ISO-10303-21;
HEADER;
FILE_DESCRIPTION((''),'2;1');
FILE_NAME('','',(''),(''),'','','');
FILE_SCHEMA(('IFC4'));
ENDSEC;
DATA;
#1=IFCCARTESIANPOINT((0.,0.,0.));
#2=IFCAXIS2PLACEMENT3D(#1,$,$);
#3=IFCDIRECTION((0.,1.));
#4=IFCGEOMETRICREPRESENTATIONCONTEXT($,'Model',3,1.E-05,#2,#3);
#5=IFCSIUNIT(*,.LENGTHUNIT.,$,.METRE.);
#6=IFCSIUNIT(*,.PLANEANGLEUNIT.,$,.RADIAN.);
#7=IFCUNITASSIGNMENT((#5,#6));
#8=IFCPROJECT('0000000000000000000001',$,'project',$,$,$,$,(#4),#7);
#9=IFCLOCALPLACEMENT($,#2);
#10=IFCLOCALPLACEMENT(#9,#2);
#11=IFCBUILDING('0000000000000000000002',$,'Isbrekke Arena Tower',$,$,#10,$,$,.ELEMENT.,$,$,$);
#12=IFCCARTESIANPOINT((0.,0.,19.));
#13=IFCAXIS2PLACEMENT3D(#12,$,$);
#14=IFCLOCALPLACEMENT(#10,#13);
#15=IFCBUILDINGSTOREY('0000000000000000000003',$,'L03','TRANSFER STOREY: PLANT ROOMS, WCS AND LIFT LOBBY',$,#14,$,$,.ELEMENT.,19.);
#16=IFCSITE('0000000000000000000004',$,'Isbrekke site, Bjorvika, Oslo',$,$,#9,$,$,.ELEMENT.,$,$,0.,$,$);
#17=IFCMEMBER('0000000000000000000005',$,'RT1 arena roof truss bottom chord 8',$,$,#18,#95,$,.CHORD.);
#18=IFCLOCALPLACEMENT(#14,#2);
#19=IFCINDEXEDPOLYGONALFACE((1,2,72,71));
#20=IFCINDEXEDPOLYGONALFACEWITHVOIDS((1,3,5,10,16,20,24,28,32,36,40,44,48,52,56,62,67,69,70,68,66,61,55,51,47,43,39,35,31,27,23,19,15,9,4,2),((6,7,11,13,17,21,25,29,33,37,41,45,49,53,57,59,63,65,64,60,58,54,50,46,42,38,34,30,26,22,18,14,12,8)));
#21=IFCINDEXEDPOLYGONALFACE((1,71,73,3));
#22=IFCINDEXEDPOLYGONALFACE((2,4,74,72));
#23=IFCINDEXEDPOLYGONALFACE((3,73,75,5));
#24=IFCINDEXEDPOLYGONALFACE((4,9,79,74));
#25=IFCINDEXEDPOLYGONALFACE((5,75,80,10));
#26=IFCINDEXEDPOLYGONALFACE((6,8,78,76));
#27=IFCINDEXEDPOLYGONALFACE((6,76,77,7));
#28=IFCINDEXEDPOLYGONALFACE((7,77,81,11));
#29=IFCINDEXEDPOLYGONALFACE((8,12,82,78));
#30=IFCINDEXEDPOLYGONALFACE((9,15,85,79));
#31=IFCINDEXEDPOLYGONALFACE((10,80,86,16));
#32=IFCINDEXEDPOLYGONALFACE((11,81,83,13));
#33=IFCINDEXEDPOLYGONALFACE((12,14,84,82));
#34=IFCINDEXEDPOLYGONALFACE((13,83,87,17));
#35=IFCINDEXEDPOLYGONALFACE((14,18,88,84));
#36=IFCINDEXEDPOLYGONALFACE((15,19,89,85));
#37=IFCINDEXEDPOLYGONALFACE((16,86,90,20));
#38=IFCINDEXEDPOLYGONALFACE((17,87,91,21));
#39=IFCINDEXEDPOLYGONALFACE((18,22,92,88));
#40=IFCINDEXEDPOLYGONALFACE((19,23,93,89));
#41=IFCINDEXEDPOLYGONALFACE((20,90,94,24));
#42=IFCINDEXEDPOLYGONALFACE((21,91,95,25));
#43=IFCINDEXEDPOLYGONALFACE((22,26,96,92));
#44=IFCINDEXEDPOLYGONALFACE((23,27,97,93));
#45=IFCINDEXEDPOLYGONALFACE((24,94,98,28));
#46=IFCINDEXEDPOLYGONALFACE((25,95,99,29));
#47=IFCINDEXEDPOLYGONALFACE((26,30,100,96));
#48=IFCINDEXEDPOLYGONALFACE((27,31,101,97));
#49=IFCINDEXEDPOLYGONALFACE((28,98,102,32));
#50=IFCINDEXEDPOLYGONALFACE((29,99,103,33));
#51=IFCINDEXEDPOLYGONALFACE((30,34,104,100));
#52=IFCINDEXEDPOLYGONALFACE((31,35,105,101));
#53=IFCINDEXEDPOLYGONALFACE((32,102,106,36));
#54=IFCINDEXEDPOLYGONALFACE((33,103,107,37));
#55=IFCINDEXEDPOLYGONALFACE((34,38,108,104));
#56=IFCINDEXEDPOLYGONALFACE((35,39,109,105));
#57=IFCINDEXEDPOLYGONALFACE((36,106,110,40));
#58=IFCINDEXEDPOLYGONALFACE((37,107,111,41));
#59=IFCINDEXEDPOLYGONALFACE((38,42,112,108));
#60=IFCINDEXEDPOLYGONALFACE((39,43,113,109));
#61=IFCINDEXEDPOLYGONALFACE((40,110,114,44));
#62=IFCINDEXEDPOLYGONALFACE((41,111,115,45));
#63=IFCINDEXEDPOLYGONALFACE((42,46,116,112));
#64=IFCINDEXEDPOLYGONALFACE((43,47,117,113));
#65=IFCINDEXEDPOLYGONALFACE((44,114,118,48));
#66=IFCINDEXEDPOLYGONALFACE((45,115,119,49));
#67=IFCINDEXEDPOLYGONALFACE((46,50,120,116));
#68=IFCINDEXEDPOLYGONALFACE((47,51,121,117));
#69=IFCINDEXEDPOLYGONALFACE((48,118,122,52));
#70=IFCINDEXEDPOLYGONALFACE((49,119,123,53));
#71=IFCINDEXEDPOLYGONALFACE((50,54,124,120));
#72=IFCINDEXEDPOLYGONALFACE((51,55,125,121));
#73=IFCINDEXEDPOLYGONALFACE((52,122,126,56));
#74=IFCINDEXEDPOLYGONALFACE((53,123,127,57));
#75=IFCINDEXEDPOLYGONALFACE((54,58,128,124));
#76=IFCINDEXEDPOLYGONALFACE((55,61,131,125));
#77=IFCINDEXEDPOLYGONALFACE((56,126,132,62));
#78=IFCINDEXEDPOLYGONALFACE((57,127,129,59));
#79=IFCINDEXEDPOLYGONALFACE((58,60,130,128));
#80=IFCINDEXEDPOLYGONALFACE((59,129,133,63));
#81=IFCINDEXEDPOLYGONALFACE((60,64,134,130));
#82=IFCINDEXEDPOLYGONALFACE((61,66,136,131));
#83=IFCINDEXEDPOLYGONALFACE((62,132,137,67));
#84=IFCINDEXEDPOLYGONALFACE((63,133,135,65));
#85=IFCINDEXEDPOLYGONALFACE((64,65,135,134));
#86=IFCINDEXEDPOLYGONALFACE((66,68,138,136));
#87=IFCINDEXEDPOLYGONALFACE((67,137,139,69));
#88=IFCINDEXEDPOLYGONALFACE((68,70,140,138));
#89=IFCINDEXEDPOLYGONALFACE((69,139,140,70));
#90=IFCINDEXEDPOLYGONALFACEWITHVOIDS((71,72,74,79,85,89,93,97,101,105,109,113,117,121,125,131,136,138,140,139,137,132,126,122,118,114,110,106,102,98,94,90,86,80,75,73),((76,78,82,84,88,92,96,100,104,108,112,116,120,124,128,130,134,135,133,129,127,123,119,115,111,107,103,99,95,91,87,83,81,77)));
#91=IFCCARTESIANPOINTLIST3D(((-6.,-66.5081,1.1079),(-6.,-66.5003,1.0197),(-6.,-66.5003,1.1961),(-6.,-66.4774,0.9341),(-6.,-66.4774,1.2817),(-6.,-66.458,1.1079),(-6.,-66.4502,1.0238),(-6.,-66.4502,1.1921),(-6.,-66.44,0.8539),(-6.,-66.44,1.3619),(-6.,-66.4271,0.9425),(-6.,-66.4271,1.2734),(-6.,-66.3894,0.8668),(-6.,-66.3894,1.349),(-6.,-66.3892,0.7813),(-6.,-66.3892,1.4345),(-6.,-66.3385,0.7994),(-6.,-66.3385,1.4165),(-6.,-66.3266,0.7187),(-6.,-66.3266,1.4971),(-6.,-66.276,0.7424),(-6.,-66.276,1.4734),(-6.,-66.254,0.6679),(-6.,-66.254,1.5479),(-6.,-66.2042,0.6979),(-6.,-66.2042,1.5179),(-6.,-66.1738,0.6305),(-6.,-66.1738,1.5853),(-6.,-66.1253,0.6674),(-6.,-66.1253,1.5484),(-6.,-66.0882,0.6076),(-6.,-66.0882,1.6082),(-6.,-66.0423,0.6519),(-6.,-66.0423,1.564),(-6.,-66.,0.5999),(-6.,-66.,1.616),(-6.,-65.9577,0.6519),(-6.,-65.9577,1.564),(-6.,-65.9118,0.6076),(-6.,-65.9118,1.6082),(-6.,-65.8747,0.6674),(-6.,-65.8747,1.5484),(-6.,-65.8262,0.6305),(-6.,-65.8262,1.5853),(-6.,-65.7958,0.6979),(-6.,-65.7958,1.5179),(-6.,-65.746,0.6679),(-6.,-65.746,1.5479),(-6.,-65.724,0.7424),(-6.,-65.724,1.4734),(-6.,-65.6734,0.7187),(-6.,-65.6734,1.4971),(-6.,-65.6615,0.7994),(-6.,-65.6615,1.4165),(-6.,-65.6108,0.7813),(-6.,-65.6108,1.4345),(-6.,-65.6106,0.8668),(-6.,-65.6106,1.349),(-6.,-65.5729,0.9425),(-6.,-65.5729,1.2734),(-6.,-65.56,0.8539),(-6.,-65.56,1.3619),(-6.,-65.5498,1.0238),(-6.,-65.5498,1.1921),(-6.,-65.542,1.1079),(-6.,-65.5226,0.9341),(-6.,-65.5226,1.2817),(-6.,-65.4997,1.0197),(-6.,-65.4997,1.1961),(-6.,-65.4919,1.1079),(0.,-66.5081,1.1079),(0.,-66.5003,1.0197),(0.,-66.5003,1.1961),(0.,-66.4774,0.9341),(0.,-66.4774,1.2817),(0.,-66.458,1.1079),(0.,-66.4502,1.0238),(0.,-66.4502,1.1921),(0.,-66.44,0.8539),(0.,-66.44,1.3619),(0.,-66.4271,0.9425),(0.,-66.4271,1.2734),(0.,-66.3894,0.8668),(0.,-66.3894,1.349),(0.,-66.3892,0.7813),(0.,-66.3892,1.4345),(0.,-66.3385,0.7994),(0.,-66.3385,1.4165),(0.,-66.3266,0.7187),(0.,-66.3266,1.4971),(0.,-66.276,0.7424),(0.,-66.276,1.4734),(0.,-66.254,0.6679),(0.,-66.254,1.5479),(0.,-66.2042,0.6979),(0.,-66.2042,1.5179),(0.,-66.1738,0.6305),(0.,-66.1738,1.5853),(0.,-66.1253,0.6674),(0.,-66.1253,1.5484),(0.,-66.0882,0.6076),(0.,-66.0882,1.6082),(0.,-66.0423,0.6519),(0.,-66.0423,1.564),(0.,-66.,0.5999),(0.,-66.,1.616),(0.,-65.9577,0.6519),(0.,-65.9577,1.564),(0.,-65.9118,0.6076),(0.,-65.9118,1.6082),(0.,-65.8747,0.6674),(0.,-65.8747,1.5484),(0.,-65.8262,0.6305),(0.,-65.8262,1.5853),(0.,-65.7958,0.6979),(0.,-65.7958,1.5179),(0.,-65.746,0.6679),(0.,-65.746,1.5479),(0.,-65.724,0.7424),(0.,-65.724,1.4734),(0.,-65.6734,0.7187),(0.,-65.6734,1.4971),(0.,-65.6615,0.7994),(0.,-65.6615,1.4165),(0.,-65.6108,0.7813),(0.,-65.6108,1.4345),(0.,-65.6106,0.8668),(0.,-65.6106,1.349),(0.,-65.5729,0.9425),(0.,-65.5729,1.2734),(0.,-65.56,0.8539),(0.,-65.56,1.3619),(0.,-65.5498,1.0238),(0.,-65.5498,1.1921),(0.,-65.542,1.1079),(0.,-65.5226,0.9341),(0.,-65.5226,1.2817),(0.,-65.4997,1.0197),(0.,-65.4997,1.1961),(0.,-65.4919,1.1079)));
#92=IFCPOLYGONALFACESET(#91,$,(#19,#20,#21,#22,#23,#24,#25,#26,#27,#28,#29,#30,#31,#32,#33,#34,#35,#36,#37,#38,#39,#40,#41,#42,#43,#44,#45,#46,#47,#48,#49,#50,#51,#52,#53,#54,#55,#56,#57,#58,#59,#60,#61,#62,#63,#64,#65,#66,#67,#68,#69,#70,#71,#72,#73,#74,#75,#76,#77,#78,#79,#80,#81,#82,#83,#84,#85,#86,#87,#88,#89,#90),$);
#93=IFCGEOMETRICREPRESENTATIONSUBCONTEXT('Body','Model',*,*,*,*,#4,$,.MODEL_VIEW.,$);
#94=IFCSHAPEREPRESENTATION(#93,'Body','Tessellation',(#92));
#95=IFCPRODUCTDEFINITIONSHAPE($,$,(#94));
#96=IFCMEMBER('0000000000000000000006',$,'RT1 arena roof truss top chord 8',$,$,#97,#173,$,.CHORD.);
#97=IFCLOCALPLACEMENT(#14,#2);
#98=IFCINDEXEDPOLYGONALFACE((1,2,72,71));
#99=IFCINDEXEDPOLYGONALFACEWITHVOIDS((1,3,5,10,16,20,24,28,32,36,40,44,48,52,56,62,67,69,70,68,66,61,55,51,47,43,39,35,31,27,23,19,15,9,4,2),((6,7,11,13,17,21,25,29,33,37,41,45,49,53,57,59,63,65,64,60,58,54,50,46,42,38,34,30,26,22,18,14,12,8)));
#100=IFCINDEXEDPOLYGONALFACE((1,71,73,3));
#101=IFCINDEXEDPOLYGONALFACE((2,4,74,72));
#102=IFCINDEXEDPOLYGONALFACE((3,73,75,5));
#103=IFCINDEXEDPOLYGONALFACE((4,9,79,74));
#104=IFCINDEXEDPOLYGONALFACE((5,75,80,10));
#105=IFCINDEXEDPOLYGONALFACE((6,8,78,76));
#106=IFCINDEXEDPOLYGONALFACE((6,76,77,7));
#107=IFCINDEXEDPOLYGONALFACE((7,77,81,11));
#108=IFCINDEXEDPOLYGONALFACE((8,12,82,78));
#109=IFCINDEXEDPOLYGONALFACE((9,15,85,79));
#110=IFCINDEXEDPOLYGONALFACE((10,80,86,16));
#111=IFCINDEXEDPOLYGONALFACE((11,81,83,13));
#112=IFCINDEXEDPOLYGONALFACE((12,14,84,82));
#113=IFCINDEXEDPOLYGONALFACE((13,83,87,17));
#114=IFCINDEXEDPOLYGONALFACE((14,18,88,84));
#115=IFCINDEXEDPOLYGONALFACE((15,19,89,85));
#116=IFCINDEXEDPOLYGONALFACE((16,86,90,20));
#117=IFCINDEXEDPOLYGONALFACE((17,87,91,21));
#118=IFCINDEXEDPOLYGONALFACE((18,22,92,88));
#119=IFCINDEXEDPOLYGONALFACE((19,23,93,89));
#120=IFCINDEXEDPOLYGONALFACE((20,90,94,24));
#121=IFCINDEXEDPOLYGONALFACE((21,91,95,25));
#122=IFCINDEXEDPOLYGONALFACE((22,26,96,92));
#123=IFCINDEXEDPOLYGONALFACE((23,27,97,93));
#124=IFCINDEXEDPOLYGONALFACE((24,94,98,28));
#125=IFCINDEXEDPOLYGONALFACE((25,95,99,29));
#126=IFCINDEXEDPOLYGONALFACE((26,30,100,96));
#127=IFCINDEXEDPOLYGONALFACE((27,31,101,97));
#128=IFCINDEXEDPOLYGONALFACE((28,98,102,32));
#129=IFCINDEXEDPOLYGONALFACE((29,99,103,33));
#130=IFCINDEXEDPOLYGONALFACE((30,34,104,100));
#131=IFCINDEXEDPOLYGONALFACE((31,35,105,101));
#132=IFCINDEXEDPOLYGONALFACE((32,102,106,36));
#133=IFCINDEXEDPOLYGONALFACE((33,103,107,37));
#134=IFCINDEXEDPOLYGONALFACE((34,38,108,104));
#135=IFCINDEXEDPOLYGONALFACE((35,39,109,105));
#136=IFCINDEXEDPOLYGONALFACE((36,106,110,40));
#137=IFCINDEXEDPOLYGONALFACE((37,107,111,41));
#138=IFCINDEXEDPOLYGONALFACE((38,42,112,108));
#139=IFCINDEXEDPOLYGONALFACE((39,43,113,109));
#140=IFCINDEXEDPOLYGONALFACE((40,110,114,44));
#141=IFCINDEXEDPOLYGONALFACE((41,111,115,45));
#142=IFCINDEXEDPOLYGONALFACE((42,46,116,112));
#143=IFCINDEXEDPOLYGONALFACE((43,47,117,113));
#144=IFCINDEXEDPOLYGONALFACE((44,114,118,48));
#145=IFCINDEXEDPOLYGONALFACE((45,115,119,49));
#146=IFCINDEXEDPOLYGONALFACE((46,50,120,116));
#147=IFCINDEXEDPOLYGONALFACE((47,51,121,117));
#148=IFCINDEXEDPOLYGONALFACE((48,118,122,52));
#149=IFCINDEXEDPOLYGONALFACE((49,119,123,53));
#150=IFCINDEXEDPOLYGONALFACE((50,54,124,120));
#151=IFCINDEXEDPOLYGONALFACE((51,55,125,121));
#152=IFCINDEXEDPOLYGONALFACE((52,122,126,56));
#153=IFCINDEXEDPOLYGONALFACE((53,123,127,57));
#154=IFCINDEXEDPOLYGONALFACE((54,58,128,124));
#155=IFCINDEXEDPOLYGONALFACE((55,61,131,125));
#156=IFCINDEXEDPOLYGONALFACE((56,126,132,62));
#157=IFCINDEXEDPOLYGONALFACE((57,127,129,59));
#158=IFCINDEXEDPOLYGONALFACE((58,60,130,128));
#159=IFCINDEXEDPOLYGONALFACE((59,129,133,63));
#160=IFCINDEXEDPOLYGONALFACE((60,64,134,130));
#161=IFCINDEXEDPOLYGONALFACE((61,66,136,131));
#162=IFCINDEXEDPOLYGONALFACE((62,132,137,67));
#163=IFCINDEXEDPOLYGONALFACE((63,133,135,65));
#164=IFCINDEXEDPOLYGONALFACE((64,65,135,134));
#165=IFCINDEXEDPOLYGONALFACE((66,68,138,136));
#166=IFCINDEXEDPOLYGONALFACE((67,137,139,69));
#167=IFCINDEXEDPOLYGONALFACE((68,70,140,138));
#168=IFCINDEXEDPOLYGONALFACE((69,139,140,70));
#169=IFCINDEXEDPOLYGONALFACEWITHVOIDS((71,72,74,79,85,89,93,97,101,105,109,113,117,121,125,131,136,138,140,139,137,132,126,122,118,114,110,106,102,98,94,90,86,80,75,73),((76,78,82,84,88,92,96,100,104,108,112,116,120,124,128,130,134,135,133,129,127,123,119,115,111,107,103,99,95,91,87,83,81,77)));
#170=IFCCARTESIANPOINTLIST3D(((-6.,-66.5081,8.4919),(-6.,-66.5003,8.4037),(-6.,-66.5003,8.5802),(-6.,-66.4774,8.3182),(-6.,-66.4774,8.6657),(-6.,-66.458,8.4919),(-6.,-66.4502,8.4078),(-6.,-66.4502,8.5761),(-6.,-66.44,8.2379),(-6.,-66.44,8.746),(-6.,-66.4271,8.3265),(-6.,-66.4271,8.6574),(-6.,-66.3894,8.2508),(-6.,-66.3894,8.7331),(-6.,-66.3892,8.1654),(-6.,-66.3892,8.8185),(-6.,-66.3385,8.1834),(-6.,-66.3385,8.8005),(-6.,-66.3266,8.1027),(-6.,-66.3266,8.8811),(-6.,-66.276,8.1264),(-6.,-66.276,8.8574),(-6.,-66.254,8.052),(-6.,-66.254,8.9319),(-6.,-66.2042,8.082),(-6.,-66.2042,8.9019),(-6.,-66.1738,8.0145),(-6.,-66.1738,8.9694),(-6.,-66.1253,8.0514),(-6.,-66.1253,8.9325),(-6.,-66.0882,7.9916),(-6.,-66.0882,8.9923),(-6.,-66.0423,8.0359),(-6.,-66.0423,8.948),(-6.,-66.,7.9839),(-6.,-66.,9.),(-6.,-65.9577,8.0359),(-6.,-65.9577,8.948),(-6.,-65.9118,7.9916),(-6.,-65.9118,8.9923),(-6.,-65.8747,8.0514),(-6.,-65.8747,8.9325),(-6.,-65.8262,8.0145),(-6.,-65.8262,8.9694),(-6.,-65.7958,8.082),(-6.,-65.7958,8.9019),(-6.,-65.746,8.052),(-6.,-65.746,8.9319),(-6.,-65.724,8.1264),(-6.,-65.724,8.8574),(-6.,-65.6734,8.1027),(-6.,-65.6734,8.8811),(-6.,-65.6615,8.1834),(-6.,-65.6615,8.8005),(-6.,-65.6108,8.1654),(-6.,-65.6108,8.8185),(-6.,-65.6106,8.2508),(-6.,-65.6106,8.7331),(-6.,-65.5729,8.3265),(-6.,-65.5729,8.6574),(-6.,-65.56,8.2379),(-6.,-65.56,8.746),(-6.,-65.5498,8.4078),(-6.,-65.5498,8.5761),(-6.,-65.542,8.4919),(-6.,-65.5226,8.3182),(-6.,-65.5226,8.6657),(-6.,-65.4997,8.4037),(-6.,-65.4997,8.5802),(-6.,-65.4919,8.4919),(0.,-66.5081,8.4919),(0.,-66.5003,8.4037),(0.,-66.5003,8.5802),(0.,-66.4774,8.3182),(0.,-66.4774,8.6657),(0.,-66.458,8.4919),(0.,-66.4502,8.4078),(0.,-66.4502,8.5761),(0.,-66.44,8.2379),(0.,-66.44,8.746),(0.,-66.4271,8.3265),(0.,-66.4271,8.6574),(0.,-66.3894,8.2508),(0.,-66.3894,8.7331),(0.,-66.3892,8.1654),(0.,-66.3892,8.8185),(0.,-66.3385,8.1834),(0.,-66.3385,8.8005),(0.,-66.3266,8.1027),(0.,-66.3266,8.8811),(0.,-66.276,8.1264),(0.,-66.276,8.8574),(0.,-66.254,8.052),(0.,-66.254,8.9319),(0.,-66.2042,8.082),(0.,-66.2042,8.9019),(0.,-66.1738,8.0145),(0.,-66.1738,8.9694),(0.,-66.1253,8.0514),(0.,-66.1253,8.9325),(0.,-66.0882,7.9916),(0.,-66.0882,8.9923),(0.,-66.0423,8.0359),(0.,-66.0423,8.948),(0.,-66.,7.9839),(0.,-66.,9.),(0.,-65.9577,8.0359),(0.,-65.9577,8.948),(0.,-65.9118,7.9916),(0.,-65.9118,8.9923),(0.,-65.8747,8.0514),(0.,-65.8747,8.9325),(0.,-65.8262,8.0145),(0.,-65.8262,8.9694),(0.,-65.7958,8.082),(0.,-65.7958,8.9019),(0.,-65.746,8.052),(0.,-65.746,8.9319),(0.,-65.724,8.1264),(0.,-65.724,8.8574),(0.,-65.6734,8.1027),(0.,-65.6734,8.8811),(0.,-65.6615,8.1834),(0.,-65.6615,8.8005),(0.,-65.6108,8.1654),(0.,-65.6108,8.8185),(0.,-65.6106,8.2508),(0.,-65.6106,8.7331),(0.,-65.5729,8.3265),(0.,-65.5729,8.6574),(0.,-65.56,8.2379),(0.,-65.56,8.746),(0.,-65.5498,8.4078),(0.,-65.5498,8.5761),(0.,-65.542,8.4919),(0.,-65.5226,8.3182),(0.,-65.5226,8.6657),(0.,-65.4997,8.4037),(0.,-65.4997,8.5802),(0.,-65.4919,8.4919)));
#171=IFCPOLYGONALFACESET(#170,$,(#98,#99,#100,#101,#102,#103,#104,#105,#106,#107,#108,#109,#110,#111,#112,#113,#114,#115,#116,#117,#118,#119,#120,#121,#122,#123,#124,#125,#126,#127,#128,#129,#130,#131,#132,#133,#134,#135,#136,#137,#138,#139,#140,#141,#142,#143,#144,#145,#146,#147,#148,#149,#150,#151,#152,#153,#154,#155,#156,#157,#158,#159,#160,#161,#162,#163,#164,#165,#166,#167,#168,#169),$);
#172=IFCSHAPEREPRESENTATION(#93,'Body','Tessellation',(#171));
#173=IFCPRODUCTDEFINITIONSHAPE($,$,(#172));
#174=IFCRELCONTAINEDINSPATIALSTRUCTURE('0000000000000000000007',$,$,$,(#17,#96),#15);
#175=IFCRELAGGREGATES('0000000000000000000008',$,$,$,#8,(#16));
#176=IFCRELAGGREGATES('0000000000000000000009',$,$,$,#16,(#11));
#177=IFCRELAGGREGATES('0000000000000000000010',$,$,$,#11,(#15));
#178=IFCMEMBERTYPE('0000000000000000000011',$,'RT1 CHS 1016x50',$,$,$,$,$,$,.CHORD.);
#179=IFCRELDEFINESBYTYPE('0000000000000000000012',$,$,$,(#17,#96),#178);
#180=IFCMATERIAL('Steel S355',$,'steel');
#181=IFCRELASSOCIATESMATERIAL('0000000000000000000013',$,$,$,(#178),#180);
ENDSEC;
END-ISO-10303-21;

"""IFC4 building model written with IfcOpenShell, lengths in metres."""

from ifc_helpers import new_model, si_unit, direction, frame, origin, origin_2d, place, context, subcontext, project, spatial, hollow_circle, extrude, material, material_profile, profile_set, type_object, element, save


model = new_model("IFC4")

# Units and contexts
model_context = context("Model", 3, precision=1e-05, world=origin(), true_north=direction((0.0, 1.0)))
body_context = subcontext(model_context, "Body", "Model", "MODEL_VIEW")
ifc_project = project(units=[si_unit("LENGTHUNIT", "METRE"), si_unit("PLANEANGLEUNIT", "RADIAN")], contexts=[model_context])

# Site, building, storey
site_placement = place(None, origin())
site = spatial("IfcSite", under=ifc_project, at=site_placement, Name="Isbrekke site, Bjorvika, Oslo", CompositionType="ELEMENT", RefElevation=0.0)
building_placement = place(site_placement, origin())
building = spatial("IfcBuilding", under=site, at=building_placement, Name="Isbrekke Arena Tower", CompositionType="ELEMENT")
storey_placement = place(building_placement, frame((0.0, 0.0, 19.0)))
storey = spatial("IfcBuildingStorey", under=building, at=storey_placement, Name="L03", Description="TRANSFER STOREY: PLANT ROOMS, WCS AND LIFT LOBBY", CompositionType="ELEMENT", Elevation=19.0)

# Members
ifc_material_1 = material(Name="Steel S355", Category="steel")
ifc_material_profile_1 = material_profile(ifc_material_1, hollow_circle(Radius=0.5081, WallThickness=0.05, at=origin_2d()), Name="CHS 1016x50")
ifc_profile_set_1 = profile_set([ifc_material_profile_1], Name="Steel S355")
member_type_1 = type_object("IfcMemberType", Name="RT1 CHS 1016x50", PredefinedType="CHORD", material=ifc_profile_set_1)
for number, where, z_axis, x_axis, name in (
    (1, (-6.0, -66.0, 1.1079), (1.0, 0.0, 0.0), (0.0, 1.0, 0.0), "RT1 arena roof truss bottom chord 8"),
    (2, (-6.0, -66.0, 8.4919), (1.0, 0.0, 0.0), (0.0, 1.0, 0.0), "RT1 arena roof truss top chord 8"),
):
    element("IfcMember", number, at=place(storey_placement, frame(where, z_axis=z_axis, x_axis=x_axis)), inside=storey, type_object=member_type_1, Name=name, PredefinedType="CHORD", context=body_context, shape_type="SweptSolid", body=[
        extrude(hollow_circle(Radius=0.5081, WallThickness=0.05, at=origin_2d()), origin(), (0.0, 0.0, 1.0), 6.0),
    ])

save(model, "model.ifc")
